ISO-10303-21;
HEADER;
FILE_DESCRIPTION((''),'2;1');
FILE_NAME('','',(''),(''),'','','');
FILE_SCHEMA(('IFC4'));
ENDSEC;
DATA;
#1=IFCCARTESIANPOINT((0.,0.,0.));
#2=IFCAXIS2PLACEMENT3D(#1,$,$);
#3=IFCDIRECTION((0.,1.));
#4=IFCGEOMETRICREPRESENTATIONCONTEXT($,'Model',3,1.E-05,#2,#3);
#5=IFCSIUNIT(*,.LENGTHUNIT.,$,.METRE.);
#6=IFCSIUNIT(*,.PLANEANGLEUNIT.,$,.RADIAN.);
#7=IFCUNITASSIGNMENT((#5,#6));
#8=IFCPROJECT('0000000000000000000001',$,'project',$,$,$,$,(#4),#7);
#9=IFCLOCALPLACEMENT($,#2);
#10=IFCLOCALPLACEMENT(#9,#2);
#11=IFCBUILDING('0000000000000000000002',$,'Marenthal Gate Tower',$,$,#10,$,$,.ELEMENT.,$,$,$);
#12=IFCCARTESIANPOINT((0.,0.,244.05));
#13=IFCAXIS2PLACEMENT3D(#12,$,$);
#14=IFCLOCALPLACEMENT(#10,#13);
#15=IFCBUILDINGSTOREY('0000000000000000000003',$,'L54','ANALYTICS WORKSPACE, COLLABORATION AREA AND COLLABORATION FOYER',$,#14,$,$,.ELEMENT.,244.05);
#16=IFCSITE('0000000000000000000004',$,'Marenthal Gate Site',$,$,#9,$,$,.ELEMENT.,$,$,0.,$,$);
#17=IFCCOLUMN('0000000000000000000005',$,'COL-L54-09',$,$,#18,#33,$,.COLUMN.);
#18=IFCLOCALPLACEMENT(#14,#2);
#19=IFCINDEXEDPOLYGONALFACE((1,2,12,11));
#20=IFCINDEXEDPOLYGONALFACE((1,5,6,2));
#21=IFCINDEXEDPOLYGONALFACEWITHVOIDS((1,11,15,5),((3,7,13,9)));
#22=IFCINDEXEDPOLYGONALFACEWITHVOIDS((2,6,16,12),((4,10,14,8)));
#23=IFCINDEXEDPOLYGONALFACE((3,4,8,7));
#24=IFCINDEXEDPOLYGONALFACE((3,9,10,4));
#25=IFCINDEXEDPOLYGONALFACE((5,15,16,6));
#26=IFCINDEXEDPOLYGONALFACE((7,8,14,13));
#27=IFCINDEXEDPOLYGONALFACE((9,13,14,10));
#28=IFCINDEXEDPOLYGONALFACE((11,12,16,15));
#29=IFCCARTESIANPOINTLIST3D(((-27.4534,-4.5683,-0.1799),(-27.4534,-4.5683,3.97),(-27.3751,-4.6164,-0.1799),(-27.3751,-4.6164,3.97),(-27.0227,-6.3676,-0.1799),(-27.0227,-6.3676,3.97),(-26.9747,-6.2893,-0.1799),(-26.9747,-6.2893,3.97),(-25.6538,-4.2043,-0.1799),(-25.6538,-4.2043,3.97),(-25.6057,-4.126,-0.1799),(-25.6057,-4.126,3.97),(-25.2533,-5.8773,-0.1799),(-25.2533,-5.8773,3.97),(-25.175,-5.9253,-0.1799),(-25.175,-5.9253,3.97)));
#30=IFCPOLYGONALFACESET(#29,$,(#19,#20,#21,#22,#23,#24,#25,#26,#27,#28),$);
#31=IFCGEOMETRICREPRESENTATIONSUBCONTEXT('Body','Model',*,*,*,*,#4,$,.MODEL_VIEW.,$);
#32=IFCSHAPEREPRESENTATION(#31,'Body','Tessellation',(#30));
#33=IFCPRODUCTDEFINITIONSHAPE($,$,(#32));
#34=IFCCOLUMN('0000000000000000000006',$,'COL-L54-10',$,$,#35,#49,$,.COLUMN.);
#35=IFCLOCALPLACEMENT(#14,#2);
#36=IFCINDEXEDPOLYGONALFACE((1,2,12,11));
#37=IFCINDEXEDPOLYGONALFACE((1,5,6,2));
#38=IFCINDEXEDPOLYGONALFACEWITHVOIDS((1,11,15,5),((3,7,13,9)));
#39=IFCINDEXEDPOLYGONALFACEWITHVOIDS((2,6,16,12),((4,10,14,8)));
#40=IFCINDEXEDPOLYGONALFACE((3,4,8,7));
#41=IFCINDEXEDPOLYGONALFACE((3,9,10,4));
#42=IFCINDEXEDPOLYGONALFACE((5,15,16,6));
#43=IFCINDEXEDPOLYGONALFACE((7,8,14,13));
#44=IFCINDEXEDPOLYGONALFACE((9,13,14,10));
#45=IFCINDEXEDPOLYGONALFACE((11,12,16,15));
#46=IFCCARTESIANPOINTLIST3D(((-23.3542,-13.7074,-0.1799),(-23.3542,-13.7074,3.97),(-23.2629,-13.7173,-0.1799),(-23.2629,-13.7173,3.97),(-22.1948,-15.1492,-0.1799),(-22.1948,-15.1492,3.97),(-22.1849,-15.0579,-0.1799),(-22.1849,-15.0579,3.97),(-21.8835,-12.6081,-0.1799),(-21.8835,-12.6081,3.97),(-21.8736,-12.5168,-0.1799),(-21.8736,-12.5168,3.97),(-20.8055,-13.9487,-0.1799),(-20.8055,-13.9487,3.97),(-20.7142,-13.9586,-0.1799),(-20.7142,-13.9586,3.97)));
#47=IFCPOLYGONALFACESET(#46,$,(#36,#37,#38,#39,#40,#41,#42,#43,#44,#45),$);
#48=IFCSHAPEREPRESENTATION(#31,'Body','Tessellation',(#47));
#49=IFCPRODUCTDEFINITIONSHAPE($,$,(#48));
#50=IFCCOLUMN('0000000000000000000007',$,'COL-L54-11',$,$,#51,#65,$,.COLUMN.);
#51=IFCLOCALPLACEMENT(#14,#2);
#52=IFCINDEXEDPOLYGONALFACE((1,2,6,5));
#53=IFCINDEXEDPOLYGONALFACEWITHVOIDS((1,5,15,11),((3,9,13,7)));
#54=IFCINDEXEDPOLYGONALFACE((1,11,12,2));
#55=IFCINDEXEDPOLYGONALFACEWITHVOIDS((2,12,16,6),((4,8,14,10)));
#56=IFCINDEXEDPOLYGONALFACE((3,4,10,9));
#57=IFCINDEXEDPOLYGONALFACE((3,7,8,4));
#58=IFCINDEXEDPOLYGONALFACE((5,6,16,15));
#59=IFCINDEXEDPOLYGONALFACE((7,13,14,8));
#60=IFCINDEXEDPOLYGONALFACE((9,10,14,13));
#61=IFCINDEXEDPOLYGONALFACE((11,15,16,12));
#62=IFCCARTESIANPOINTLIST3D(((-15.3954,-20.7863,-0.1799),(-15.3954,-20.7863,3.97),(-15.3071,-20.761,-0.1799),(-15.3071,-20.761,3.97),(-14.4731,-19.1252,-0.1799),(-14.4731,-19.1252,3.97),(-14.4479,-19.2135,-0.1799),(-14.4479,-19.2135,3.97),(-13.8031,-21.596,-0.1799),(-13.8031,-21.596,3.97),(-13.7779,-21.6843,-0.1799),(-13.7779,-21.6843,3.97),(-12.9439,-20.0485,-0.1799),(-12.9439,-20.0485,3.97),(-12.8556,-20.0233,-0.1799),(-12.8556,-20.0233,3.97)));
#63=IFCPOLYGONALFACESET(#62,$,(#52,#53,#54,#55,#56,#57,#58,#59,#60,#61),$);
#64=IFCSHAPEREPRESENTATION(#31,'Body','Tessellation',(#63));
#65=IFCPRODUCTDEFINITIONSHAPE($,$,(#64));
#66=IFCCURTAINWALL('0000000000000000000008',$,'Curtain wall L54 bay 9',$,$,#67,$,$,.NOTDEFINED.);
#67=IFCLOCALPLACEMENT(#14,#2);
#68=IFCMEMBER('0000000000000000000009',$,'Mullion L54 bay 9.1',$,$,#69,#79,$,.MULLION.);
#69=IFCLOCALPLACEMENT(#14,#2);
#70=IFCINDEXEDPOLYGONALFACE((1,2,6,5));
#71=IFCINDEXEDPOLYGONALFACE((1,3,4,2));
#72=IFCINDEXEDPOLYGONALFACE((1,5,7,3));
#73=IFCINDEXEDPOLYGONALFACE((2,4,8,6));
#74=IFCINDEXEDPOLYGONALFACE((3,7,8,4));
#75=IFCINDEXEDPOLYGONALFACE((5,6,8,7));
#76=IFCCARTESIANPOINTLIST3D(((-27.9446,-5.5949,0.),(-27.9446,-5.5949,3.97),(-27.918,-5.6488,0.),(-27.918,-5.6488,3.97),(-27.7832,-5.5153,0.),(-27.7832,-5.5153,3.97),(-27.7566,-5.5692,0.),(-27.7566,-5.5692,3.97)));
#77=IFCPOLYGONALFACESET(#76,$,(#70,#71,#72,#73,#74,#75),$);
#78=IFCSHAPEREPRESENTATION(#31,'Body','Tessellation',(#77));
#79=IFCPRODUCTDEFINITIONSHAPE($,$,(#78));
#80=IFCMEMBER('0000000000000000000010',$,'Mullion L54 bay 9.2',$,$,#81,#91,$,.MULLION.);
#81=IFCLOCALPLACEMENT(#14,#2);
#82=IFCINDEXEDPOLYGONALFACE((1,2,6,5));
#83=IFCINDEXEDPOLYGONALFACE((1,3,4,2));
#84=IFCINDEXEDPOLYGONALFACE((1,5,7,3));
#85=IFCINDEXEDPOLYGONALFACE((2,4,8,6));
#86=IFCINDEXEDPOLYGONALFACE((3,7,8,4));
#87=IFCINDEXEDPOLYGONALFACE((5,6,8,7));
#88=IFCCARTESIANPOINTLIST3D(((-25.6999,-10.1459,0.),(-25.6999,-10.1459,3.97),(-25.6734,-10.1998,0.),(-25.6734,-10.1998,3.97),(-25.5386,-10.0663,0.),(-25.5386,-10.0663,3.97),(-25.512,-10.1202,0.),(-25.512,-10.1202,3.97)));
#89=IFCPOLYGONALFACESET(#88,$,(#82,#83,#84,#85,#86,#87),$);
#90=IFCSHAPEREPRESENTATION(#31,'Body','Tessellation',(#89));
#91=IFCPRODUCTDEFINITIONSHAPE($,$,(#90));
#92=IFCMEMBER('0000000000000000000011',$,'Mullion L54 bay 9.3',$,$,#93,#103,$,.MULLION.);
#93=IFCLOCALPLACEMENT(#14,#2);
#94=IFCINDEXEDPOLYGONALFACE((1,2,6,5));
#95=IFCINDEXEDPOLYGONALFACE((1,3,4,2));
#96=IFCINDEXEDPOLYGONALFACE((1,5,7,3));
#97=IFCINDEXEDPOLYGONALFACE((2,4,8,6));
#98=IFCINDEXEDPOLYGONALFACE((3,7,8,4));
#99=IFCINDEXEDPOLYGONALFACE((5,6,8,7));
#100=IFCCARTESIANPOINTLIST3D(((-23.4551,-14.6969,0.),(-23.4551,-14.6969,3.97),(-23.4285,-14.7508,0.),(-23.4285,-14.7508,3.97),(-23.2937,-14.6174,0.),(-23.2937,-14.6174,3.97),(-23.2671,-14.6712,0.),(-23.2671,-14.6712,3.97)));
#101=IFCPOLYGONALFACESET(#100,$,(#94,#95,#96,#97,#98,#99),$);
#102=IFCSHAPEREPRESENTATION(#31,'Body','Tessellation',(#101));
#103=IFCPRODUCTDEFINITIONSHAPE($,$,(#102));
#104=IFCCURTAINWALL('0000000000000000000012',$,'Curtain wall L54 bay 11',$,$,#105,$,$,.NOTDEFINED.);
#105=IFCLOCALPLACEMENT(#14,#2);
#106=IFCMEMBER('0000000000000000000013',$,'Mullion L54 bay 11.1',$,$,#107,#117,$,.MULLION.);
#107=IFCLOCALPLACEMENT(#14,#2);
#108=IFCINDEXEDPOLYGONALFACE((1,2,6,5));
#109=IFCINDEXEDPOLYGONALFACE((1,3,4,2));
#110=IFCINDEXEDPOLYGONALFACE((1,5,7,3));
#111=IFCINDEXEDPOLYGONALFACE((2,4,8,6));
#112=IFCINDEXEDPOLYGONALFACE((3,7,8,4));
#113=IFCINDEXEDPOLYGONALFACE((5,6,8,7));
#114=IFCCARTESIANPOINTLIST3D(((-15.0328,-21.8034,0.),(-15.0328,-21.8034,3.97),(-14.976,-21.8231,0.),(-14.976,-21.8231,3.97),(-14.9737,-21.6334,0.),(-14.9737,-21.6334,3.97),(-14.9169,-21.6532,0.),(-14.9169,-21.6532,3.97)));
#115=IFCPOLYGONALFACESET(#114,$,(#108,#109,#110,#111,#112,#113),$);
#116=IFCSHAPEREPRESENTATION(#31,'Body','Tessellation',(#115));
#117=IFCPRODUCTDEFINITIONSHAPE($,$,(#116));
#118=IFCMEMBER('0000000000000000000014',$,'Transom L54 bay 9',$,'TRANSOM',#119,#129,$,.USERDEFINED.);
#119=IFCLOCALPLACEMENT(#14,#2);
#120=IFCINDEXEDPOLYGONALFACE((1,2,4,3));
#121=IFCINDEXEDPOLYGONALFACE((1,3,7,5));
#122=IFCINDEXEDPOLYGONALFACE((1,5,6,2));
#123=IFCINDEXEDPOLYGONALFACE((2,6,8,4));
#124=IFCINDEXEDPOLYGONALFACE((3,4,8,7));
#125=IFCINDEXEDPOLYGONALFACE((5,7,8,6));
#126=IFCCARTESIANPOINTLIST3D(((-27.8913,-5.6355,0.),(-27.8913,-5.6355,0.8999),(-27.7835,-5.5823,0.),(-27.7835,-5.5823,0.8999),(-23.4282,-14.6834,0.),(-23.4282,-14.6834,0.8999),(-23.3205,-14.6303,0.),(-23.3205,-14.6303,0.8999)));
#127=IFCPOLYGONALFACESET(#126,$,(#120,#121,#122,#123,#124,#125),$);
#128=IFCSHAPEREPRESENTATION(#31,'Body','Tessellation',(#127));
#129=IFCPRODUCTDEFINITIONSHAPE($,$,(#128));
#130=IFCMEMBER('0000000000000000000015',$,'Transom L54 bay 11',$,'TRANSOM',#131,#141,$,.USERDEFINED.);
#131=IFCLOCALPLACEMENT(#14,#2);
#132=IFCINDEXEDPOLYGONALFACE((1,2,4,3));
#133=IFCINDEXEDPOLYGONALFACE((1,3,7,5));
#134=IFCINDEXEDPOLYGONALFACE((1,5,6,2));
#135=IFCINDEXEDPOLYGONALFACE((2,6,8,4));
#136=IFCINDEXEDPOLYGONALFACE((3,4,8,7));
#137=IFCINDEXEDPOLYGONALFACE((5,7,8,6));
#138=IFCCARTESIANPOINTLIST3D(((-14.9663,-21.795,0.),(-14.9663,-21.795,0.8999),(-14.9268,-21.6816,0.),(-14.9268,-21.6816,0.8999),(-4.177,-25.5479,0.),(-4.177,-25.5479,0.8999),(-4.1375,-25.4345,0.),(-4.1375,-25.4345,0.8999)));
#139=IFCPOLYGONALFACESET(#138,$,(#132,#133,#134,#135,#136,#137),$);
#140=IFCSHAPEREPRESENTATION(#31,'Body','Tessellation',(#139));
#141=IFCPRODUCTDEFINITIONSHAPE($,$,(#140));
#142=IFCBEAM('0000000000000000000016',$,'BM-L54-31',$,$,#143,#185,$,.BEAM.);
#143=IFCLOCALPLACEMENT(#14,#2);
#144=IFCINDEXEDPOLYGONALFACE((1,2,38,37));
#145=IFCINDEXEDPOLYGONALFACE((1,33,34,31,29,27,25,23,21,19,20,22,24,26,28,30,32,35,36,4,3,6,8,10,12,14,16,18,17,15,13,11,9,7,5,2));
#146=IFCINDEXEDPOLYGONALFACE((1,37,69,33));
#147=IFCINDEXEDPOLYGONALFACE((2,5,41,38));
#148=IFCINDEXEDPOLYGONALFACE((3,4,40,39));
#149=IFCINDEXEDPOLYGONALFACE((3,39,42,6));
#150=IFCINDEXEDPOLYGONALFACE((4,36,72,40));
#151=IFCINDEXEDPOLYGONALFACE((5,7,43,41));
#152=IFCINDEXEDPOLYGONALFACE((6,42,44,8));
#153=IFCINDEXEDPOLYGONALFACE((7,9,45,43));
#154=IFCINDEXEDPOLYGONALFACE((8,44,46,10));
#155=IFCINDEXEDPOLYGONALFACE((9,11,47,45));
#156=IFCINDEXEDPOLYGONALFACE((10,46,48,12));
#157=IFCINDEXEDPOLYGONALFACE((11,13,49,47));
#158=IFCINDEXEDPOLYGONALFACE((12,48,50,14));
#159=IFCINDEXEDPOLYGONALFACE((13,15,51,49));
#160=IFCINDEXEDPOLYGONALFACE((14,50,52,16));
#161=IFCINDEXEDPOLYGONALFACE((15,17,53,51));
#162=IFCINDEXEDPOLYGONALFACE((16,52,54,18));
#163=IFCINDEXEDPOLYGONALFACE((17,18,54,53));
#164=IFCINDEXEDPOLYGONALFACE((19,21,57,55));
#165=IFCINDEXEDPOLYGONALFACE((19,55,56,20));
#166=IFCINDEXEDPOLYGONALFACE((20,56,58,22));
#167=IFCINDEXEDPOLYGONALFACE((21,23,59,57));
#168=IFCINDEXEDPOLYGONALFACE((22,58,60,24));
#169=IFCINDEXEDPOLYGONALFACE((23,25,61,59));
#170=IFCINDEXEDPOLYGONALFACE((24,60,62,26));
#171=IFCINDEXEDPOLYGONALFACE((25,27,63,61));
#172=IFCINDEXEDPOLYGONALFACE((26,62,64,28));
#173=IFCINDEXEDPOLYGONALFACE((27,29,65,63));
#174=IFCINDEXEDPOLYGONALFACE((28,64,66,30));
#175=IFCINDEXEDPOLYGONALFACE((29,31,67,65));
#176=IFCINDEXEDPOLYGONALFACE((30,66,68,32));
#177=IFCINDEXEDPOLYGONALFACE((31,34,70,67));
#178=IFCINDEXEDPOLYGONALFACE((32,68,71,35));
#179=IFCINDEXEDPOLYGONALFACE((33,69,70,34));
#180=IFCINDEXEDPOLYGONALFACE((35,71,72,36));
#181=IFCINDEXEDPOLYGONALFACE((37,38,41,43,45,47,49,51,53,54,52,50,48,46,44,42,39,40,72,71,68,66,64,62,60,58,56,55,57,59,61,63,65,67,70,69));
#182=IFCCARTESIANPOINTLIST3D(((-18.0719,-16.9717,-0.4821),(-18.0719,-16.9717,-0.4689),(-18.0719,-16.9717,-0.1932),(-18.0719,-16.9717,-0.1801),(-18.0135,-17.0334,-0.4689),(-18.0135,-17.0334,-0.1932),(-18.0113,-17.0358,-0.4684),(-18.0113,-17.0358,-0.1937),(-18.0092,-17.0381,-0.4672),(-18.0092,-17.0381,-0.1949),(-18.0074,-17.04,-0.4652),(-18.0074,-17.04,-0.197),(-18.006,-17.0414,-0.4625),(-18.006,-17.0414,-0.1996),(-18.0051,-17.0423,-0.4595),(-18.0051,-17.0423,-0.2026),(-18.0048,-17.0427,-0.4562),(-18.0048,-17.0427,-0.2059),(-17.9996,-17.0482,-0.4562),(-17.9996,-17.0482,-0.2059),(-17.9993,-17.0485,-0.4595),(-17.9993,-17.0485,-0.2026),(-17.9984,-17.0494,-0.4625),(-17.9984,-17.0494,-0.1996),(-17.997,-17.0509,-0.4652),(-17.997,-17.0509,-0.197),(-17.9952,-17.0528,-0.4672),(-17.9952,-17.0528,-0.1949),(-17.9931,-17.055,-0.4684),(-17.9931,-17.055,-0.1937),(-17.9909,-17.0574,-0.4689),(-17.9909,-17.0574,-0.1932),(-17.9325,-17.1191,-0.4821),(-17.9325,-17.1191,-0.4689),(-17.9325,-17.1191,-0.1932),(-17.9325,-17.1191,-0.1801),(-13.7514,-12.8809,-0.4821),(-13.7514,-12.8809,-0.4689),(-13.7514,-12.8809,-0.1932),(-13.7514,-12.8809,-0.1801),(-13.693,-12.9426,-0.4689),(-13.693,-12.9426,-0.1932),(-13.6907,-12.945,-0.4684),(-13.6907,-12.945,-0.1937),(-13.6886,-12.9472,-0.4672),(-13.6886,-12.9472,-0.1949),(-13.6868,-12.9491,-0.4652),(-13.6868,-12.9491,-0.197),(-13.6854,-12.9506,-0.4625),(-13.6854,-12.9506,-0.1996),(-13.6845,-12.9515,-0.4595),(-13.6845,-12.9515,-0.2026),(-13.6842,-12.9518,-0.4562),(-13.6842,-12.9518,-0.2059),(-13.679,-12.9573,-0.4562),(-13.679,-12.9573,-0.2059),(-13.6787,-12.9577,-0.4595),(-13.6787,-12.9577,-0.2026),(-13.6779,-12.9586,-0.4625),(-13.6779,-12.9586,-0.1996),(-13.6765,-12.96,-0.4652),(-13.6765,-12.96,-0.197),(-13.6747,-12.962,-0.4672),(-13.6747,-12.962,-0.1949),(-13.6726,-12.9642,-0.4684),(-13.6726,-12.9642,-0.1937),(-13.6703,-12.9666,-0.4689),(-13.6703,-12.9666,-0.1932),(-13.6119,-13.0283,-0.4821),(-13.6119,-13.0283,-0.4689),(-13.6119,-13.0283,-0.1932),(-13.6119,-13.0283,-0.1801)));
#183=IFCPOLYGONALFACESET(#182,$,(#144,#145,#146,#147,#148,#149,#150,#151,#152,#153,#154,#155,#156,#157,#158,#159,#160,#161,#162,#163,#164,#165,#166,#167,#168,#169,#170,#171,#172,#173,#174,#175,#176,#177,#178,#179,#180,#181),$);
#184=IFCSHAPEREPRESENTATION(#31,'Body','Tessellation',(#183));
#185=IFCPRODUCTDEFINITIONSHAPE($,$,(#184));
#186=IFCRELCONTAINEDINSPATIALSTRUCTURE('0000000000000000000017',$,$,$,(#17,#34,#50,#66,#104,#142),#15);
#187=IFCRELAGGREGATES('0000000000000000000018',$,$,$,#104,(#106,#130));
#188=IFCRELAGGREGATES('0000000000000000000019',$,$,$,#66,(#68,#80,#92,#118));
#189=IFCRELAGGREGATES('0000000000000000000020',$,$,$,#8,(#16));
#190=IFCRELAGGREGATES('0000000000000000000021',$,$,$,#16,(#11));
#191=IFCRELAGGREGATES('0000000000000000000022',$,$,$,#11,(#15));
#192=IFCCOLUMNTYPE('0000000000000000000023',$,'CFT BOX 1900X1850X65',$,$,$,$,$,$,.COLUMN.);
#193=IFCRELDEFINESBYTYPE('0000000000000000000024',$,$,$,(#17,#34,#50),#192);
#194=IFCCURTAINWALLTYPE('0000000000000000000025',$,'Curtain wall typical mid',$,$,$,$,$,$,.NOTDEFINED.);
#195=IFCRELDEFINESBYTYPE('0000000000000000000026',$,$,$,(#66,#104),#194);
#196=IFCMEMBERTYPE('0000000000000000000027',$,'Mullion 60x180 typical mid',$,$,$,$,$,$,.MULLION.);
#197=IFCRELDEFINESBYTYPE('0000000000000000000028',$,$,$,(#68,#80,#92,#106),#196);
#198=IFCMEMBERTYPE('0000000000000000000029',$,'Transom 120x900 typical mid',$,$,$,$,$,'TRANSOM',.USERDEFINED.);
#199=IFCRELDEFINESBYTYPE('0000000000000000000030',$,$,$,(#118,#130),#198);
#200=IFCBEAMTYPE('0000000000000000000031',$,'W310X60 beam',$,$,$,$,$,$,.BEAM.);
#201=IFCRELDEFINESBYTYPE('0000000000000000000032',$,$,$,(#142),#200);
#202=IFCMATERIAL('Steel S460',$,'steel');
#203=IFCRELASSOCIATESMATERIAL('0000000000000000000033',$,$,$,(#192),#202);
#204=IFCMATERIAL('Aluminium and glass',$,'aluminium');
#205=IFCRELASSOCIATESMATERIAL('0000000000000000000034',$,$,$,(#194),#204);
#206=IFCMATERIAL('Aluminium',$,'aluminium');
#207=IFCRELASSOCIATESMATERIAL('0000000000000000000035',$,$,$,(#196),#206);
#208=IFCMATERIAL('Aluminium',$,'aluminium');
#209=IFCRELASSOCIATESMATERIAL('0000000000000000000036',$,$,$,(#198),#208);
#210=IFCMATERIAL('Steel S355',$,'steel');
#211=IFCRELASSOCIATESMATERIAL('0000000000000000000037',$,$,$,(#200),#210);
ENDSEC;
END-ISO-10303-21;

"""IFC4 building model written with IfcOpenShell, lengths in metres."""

from ifc_helpers import new_model, si_unit, direction, frame, origin, origin_2d, place, context, subcontext, project, spatial, rectangle, hollow_rectangle, i_section, extrude, material, material_profile, profile_set, type_object, element, aggregate, save


model = new_model("IFC4")

# Units and contexts
model_context = context("Model", 3, precision=1e-05, world=origin(), true_north=direction((0.0, 1.0)))
body_context = subcontext(model_context, "Body", "Model", "MODEL_VIEW")
ifc_project = project(units=[si_unit("LENGTHUNIT", "METRE"), si_unit("PLANEANGLEUNIT", "RADIAN")], contexts=[model_context])

# Site, building, storey
site_placement = place(None, origin())
site = spatial("IfcSite", under=ifc_project, at=site_placement, Name="Marenthal Gate Site", CompositionType="ELEMENT", RefElevation=0.0)
building_placement = place(site_placement, origin())
building = spatial("IfcBuilding", under=site, at=building_placement, Name="Marenthal Gate Tower", CompositionType="ELEMENT")
storey_placement = place(building_placement, frame((0.0, 0.0, 244.05)))
storey = spatial("IfcBuildingStorey", under=building, at=storey_placement, Name="L54", Description="ANALYTICS WORKSPACE, COLLABORATION AREA AND COLLABORATION FOYER", CompositionType="ELEMENT", Elevation=244.05)

# Columns
ifc_material_1 = material(Name="Steel S460", Category="steel")
ifc_material_profile_1 = material_profile(ifc_material_1, hollow_rectangle(XDim=1.8501, YDim=1.8999, WallThickness=0.0649, at=origin_2d()), Name="CFT BOX 1900X1850X65")
ifc_material_2 = material(Name="Concrete 70 MPa", Category="concrete")
ifc_material_profile_2 = material_profile(ifc_material_2, rectangle(XDim=1.72, YDim=1.77, at=origin_2d()), Name="CFT BOX 1900X1850X65 INFILL")
ifc_profile_set_1 = profile_set([ifc_material_profile_1, ifc_material_profile_2], Name="Steel S460 shell, Concrete 70 MPa infill")
column_type = type_object("IfcColumnType", Name="CFT BOX 1900X1850X65", PredefinedType="COLUMN", material=ifc_profile_set_1)
for number, where, z_axis, x_axis, name in (
    (1, (-26.3142, -5.2468, -0.1799), (0.0, 0.0, 1.0), (-0.232804, 0.972524, 0.0), "COL-L54-09"),
    (2, (-22.0342, -13.833, -0.1799), (0.0, 0.0, 1.0), (-0.626651, 0.7793, 0.0), "COL-L54-10"),
    (3, (-14.1255, -20.4048, -0.1799), (0.0, 0.0, 1.0), (-0.874282, 0.485419, 0.0), "COL-L54-11"),
):
    element("IfcColumn", number, at=place(storey_placement, frame(where, z_axis=z_axis, x_axis=x_axis)), inside=storey, type_object=column_type, Name=name, PredefinedType="COLUMN", context=body_context, shape_type="SweptSolid", body=[
        extrude(hollow_rectangle(XDim=1.8501, YDim=1.8999, WallThickness=0.0649, at=origin_2d()), origin(), (0.0, 0.0, 1.0), 4.1499),
    ])

# Curtain wall, members
ifc_material_3 = material(Name="Aluminium and glass", Category="aluminium")
curtain_wall_type = type_object("IfcCurtainWallType", Name="Curtain wall typical mid", PredefinedType="NOTDEFINED", material=ifc_material_3)
curtain_wall_1_placement = place(storey_placement, origin())
curtain_wall_1 = element("IfcCurtainWall", 4, at=curtain_wall_1_placement, inside=storey, type_object=curtain_wall_type, Name="Curtain wall L54 bay 9", PredefinedType="NOTDEFINED")
ifc_material_4 = material(Name="Aluminium", Category="aluminium")
ifc_material_profile_3 = material_profile(ifc_material_4, rectangle(XDim=0.1799, YDim=0.0601, at=origin_2d()), Name="60x180 aluminium mullion")
ifc_profile_set_2 = profile_set([ifc_material_profile_3], Name="Aluminium")
member_type_1 = type_object("IfcMemberType", Name="Mullion 60x180 typical mid", PredefinedType="MULLION", material=ifc_profile_set_2)
member_1_placement = place(storey_placement, frame((-27.8506, -5.582, 0.0), z_axis=(0.0, 0.0, 1.0), x_axis=(0.896835, 0.442364, 0.0)))
member_1 = element("IfcMember", 5, at=member_1_placement, type_object=member_type_1, Name="Mullion L54 bay 9.1", PredefinedType="MULLION", context=body_context, shape_type="SweptSolid", body=[
    extrude(rectangle(XDim=0.1799, YDim=0.0601, at=origin_2d()), origin(), (0.0, 0.0, 1.0), 3.97),
])
member_2_placement = place(storey_placement, frame((-25.606, -10.1331, 0.0), z_axis=(0.0, 0.0, 1.0), x_axis=(0.896835, 0.442364, 0.0)))
member_2 = element("IfcMember", 6, at=member_2_placement, type_object=member_type_1, Name="Mullion L54 bay 9.2", PredefinedType="MULLION", context=body_context, shape_type="SweptSolid", body=[
    extrude(rectangle(XDim=0.1799, YDim=0.0601, at=origin_2d()), origin(), (0.0, 0.0, 1.0), 3.97),
])
member_3_placement = place(storey_placement, frame((-23.3611, -14.6841, 0.0), z_axis=(0.0, 0.0, 1.0), x_axis=(0.896835, 0.442364, 0.0)))
member_3 = element("IfcMember", 7, at=member_3_placement, type_object=member_type_1, Name="Mullion L54 bay 9.3", PredefinedType="MULLION", context=body_context, shape_type="SweptSolid", body=[
    extrude(rectangle(XDim=0.1799, YDim=0.0601, at=origin_2d()), origin(), (0.0, 0.0, 1.0), 3.97),
])

# Curtain wall, member
curtain_wall_2_placement = place(storey_placement, origin())
curtain_wall_2 = element("IfcCurtainWall", 8, at=curtain_wall_2_placement, inside=storey, type_object=curtain_wall_type, Name="Curtain wall L54 bay 11", PredefinedType="NOTDEFINED")
member_4_placement = place(storey_placement, frame((-14.9749, -21.7283, 0.0), z_axis=(0.0, 0.0, 1.0), x_axis=(0.32854, 0.94449, 0.0)))
member_4 = element("IfcMember", 9, at=member_4_placement, type_object=member_type_1, Name="Mullion L54 bay 11.1", PredefinedType="MULLION", context=body_context, shape_type="SweptSolid", body=[
    extrude(rectangle(XDim=0.1799, YDim=0.0601, at=origin_2d()), origin(), (0.0, 0.0, 1.0), 3.97),
])

# Members
ifc_material_5 = material(Name="Aluminium", Category="aluminium")
ifc_material_profile_4 = material_profile(ifc_material_5, rectangle(XDim=0.1201, YDim=0.8999, at=origin_2d()), Name="120x900 aluminium transom")
ifc_profile_set_3 = profile_set([ifc_material_profile_4], Name="Aluminium")
member_type_2 = type_object("IfcMemberType", Name="Transom 120x900 typical mid", ElementType="TRANSOM", PredefinedType="USERDEFINED", material=ifc_profile_set_3)
member_5_placement = place(storey_placement, frame((-27.8374, -5.6089, 0.45), z_axis=(0.442377, -0.896829, 0.0), x_axis=(0.896829, 0.442377, 0.0)))
member_5 = element("IfcMember", 10, at=member_5_placement, type_object=member_type_2, Name="Transom L54 bay 9", ObjectType="TRANSOM", PredefinedType="USERDEFINED", context=body_context, shape_type="SweptSolid", body=[
    extrude(rectangle(XDim=0.1201, YDim=0.8999, at=origin_2d()), origin(), (0.0, 0.0, 1.0), 10.0889),
])
member_6_placement = place(storey_placement, frame((-14.9465, -21.7383, 0.45), z_axis=(0.944493, -0.328531, 0.0), x_axis=(0.328531, 0.944493, 0.0)))
member_6 = element("IfcMember", 11, at=member_6_placement, type_object=member_type_2, Name="Transom L54 bay 11", ObjectType="TRANSOM", PredefinedType="USERDEFINED", context=body_context, shape_type="SweptSolid", body=[
    extrude(rectangle(XDim=0.1201, YDim=0.8999, at=origin_2d()), origin(), (0.0, 0.0, 1.0), 11.4233),
])
aggregate(curtain_wall_2, [member_4, member_6])

# Beam
ifc_material_6 = material(Name="Steel S355", Category="steel")
ifc_material_profile_5 = material_profile(ifc_material_6, i_section(OverallWidth=0.2029, OverallDepth=0.302, WebThickness=0.0076, FlangeThickness=0.0132, FilletRadius=0.0127, at=origin_2d()), Name="W310X60")
ifc_profile_set_4 = profile_set([ifc_material_profile_5], Name="Steel S355")
beam_type_1 = type_object("IfcBeamType", Name="W310X60 beam", PredefinedType="BEAM", material=ifc_profile_set_4)
beam_1_placement = place(storey_placement, frame((-18.0022, -17.0454, -0.3311), z_axis=(0.726149, 0.687537, 0.0), x_axis=(-0.687537, 0.726149, 0.0)))
element("IfcBeam", 12, at=beam_1_placement, inside=storey, type_object=beam_type_1, Name="BM-L54-31", PredefinedType="BEAM", context=body_context, shape_type="SweptSolid", body=[
    extrude(i_section(OverallWidth=0.2029, OverallDepth=0.302, WebThickness=0.0076, FlangeThickness=0.0132, FilletRadius=0.0127, at=origin_2d()), origin(), (0.0, 0.0, 1.0), 5.95),
])

aggregate(curtain_wall_1, [member_1, member_2, member_3, member_5])

save(model, "model.ifc")
